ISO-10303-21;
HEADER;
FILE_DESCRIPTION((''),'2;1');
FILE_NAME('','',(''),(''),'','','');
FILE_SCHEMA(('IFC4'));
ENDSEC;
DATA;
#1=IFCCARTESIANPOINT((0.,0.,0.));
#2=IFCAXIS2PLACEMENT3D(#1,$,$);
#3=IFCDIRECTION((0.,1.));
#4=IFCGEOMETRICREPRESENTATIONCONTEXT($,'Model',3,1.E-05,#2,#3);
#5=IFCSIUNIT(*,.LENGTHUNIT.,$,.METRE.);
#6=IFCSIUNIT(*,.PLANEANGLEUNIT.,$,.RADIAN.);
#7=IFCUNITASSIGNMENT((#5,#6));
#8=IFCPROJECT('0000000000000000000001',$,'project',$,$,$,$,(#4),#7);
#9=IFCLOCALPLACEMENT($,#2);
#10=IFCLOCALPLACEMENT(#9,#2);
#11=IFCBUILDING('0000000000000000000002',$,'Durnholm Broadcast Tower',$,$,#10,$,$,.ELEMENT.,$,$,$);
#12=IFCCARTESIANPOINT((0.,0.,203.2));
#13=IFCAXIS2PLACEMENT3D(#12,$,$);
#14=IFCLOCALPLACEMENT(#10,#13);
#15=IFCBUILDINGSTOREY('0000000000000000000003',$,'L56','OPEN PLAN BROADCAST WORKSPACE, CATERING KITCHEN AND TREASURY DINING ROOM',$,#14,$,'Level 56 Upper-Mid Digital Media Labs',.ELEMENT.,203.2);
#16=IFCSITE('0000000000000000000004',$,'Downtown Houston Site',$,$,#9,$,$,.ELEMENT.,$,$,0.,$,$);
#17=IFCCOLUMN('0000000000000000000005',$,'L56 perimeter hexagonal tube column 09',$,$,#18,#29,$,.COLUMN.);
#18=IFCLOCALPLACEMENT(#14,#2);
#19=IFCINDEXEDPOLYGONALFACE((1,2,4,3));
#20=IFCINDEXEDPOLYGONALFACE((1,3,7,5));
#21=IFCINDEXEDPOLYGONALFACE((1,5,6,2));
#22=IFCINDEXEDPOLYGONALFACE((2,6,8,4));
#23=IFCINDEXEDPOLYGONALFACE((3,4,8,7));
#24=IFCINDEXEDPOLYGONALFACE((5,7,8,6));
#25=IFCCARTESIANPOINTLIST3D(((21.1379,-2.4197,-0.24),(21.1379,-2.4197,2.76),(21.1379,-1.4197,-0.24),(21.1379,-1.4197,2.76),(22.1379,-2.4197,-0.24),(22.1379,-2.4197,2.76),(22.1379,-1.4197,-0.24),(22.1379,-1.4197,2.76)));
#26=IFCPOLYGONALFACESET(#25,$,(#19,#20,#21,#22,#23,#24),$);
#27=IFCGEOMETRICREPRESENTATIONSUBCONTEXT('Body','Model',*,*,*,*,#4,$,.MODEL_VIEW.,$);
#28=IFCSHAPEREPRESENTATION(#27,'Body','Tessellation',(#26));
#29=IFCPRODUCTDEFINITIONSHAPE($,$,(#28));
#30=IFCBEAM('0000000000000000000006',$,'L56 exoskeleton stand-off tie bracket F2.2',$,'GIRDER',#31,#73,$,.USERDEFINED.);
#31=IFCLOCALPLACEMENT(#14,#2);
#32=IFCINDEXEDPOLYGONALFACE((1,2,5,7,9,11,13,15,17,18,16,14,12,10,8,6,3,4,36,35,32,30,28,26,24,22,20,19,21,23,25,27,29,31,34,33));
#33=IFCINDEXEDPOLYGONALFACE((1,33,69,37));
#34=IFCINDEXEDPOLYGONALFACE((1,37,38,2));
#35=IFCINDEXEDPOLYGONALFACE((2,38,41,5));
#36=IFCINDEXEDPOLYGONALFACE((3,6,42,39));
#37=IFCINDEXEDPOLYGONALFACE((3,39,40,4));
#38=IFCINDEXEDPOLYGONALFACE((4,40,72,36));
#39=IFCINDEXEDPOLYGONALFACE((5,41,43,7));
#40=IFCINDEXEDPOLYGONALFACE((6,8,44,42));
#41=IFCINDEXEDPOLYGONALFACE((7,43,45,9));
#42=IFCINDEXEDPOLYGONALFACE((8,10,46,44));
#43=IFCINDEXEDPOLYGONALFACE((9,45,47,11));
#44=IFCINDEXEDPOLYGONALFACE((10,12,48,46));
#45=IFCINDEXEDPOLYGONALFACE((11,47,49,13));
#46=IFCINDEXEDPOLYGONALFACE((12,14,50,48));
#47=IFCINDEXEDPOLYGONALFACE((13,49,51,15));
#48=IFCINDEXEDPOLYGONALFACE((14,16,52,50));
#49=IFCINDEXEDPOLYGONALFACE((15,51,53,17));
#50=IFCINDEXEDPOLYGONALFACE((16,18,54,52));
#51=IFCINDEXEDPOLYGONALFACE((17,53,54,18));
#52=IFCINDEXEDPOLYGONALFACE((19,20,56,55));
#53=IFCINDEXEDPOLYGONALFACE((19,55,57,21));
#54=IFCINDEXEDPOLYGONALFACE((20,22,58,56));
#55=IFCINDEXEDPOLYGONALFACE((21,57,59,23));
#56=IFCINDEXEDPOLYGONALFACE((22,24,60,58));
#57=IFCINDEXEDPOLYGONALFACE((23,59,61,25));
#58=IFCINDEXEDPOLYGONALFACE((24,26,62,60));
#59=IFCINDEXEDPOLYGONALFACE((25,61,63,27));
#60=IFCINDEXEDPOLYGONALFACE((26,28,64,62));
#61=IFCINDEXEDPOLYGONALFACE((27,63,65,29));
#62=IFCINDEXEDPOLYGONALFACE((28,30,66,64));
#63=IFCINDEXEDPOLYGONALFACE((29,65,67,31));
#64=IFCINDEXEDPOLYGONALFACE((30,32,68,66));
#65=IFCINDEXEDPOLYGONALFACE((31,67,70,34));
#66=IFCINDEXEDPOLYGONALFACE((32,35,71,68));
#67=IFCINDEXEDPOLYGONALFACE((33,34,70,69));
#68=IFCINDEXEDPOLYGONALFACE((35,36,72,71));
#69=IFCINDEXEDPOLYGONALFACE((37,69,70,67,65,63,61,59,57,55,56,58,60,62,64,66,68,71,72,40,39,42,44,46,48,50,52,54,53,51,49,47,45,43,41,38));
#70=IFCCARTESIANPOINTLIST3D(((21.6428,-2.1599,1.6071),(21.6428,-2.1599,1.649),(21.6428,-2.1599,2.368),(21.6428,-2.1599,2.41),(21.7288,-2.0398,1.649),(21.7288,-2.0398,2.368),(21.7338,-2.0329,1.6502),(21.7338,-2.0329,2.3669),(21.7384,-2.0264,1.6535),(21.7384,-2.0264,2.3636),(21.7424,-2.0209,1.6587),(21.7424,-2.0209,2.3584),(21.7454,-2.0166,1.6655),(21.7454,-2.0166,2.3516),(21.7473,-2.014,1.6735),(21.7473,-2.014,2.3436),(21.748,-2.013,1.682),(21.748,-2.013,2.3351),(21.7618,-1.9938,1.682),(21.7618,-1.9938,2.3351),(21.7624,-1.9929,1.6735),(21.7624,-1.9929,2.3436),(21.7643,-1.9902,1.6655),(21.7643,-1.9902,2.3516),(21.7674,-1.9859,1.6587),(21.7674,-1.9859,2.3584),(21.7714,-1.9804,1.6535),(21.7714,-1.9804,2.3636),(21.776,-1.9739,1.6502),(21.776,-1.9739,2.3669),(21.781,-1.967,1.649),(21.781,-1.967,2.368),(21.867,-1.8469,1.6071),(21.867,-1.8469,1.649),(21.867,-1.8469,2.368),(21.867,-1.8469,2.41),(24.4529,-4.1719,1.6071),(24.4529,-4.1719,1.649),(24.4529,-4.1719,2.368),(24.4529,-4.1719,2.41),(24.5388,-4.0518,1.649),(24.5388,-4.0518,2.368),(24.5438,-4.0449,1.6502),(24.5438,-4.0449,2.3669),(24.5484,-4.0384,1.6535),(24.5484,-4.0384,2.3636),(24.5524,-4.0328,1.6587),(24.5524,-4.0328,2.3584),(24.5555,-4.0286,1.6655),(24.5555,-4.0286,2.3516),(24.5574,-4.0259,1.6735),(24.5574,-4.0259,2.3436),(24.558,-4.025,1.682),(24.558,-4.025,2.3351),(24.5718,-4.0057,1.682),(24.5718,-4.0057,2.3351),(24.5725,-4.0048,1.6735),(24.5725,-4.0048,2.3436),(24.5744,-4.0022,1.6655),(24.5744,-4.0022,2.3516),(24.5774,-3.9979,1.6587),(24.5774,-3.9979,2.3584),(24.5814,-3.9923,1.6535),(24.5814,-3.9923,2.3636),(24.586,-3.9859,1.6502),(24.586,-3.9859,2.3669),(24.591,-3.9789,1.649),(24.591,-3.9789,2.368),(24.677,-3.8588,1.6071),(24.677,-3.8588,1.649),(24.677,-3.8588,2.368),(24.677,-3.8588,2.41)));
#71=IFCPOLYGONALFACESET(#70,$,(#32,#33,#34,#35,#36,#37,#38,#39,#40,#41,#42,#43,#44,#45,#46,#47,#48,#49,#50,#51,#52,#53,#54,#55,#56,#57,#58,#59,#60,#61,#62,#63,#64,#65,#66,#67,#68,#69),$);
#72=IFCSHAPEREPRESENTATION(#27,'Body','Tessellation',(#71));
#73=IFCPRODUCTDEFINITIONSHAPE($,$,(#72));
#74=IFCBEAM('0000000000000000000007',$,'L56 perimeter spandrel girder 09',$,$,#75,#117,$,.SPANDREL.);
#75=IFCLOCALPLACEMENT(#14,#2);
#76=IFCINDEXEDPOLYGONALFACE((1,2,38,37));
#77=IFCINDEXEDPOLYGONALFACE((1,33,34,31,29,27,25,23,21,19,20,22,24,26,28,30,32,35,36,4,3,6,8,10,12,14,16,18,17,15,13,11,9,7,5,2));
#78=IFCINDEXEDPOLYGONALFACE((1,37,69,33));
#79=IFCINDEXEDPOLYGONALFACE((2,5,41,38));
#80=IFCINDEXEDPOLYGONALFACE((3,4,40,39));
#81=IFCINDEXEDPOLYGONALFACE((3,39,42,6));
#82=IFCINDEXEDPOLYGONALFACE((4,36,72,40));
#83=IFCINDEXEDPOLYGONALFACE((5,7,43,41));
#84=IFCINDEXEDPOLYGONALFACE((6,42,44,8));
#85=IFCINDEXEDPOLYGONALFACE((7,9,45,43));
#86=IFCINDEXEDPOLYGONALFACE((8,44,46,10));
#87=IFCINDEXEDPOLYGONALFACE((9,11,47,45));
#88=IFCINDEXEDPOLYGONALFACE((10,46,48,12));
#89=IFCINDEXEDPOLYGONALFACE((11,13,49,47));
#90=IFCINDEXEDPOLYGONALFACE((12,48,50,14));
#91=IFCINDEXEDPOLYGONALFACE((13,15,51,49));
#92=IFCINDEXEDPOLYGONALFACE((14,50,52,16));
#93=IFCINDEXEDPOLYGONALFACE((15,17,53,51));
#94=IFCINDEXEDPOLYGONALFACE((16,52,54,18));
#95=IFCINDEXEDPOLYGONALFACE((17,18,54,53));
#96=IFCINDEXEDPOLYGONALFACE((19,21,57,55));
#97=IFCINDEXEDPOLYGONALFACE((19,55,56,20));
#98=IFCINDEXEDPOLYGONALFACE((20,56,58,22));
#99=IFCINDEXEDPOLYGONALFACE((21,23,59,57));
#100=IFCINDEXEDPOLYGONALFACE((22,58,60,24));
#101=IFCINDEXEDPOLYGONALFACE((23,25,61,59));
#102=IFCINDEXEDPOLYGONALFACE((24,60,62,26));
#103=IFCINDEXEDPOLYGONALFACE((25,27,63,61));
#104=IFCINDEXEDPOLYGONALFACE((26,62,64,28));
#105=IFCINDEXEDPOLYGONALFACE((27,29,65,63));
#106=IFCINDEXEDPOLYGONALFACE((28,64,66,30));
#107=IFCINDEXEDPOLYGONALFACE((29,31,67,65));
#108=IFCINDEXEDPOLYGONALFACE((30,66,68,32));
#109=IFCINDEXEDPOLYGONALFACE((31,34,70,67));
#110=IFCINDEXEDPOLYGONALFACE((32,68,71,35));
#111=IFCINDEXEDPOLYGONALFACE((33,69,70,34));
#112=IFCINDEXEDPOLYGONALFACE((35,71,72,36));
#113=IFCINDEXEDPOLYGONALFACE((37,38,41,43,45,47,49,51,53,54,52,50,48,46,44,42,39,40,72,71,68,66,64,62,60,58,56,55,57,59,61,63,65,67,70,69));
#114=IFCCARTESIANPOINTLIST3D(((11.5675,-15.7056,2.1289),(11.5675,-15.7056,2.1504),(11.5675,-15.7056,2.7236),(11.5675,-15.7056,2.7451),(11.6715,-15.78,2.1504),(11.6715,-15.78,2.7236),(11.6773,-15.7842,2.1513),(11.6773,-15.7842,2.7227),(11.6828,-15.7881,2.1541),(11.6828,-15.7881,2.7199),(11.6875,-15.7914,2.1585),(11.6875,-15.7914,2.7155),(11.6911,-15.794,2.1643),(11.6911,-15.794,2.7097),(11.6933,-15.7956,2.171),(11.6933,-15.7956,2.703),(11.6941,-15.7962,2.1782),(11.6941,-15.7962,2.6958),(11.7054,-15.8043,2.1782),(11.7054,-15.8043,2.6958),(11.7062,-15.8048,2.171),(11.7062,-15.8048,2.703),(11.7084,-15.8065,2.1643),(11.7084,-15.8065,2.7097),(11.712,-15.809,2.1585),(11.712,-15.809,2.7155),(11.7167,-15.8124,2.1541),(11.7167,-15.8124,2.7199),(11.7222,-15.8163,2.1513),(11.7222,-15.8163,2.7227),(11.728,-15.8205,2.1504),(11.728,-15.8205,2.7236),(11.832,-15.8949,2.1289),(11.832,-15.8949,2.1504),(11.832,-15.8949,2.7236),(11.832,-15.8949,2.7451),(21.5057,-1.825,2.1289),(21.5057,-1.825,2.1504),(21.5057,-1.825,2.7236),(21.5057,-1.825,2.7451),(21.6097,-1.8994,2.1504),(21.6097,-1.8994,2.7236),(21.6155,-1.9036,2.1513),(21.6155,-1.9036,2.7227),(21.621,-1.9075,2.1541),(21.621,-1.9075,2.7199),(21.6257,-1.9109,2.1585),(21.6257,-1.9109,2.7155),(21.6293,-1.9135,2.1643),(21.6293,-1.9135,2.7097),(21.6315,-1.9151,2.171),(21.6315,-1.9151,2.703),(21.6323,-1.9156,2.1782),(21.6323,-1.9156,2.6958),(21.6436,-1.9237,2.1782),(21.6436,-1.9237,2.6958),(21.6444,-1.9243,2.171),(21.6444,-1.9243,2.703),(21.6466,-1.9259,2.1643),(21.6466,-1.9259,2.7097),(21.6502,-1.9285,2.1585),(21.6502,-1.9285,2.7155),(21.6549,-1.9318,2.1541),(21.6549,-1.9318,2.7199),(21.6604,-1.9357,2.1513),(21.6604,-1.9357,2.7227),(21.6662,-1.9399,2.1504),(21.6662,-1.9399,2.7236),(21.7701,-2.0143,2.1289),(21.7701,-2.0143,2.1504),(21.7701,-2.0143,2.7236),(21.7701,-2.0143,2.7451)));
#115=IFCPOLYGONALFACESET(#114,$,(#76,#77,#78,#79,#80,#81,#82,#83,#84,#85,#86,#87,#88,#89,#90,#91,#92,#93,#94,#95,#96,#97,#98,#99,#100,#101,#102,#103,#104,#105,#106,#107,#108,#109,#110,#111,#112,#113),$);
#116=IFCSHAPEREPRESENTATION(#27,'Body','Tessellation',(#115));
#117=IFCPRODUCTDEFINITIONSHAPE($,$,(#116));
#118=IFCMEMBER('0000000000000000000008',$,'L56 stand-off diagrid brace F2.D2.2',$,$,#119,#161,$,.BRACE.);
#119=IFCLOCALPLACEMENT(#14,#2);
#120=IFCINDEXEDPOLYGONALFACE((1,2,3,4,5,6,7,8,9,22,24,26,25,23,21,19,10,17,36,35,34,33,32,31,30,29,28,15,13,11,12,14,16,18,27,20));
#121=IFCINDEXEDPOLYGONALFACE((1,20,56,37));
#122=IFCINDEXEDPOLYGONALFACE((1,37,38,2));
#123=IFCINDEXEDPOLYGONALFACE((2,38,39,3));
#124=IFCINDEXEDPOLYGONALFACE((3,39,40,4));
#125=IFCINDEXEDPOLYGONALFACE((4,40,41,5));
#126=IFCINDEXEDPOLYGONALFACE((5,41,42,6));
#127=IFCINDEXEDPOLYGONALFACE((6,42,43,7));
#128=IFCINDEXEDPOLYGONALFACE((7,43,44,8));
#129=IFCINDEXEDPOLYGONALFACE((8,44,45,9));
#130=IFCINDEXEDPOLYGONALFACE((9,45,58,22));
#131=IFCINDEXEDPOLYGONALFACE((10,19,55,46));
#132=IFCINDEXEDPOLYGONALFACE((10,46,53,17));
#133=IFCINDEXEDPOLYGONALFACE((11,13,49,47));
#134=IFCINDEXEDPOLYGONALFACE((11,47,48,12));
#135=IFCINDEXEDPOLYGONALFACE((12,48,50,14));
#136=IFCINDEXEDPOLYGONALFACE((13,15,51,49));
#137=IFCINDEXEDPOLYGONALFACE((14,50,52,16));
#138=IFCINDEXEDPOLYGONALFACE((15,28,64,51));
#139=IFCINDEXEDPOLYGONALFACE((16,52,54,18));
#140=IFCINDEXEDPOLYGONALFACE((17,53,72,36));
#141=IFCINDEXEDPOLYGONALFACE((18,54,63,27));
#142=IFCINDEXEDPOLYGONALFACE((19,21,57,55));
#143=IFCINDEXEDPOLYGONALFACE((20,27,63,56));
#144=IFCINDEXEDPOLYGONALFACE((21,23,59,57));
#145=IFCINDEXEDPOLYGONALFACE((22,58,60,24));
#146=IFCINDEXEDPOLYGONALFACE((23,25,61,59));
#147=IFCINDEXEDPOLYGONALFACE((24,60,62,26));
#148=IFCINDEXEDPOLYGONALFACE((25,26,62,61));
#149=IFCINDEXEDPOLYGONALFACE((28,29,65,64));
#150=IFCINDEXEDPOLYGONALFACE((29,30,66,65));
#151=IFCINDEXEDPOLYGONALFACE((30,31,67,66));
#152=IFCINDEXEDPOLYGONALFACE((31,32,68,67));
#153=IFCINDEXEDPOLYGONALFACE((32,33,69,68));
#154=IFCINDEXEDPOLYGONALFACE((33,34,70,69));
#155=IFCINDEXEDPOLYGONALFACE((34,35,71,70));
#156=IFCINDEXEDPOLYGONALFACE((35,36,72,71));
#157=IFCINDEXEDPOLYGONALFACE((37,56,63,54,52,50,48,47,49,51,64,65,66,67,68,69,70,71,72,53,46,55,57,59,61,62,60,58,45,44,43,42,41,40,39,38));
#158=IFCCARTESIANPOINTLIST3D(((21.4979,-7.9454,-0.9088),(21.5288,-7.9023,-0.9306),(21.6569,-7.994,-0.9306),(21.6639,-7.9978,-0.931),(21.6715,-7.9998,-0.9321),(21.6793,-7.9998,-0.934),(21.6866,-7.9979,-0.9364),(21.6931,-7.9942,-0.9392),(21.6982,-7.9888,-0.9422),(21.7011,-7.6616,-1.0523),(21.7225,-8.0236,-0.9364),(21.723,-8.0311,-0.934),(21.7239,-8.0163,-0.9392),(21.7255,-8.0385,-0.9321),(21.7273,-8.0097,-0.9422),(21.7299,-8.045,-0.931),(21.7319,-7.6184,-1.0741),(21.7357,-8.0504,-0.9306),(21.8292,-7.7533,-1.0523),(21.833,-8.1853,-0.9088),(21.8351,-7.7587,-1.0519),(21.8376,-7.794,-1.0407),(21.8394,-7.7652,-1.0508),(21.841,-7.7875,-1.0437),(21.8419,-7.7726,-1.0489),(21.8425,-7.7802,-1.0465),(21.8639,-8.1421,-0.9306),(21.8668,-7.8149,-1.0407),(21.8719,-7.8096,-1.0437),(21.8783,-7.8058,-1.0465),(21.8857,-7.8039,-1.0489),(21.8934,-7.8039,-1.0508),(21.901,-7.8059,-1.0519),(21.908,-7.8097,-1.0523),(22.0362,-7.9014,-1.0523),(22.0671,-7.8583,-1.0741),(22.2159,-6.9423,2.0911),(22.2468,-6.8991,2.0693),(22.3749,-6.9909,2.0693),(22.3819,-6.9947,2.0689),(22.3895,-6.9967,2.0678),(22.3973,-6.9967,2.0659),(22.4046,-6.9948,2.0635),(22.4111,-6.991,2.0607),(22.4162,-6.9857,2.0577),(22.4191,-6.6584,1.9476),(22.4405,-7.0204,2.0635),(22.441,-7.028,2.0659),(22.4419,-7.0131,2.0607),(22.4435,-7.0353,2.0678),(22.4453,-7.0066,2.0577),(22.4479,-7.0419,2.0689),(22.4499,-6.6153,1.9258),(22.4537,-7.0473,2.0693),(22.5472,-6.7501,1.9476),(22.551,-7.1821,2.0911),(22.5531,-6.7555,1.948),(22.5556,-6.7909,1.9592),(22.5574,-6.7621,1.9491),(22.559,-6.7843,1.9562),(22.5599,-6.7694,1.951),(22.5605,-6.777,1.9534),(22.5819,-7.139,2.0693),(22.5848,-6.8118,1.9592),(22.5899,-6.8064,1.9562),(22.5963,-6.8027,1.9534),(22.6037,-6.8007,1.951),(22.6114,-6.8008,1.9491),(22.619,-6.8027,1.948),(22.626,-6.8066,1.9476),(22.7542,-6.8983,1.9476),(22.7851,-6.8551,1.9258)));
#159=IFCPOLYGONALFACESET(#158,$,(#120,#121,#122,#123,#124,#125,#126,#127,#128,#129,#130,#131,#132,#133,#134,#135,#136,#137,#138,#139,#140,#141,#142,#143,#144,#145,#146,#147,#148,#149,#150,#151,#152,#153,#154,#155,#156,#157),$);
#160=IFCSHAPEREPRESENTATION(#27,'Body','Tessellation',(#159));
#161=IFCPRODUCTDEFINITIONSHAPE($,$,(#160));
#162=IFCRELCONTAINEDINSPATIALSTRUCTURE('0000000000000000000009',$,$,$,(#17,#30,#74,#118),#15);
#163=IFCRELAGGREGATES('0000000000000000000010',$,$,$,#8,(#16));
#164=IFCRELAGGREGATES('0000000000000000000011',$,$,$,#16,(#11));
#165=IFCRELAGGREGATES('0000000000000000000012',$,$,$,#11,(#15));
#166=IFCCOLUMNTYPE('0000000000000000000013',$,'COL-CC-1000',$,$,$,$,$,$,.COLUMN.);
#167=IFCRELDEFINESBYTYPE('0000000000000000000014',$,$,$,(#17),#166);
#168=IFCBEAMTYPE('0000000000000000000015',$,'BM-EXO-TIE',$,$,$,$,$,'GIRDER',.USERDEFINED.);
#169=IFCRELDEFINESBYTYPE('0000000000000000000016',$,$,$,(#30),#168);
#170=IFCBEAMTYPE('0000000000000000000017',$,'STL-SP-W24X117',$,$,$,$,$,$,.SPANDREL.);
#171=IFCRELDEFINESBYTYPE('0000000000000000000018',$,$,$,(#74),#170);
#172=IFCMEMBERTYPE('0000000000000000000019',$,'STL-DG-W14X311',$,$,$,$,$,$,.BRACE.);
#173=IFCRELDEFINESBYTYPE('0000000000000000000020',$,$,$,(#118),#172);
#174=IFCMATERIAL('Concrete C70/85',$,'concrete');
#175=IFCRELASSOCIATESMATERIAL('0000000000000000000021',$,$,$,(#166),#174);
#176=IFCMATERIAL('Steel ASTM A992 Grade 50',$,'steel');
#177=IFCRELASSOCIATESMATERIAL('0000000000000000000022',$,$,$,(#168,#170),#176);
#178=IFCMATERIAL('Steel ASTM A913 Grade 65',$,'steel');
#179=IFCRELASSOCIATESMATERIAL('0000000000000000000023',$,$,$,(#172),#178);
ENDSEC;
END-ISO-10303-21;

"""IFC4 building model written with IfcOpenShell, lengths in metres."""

from ifc_helpers import new_model, si_unit, direction, frame, origin, origin_2d, place, context, subcontext, project, spatial, rectangle, i_section, extrude, source, transform, mapped, material, material_profile, profile_set, type_object, type_shapes, element, save


model = new_model("IFC4")

# Units and contexts
model_context = context("Model", 3, precision=1e-05, world=origin(), true_north=direction((0.0, 1.0)))
body_context = subcontext(model_context, "Body", "Model", "MODEL_VIEW")
ifc_project = project(units=[si_unit("LENGTHUNIT", "METRE"), si_unit("PLANEANGLEUNIT", "RADIAN")], contexts=[model_context])

# Site, building, storey
site_placement = place(None, origin())
site = spatial("IfcSite", under=ifc_project, at=site_placement, Name="Downtown Houston Site", CompositionType="ELEMENT", RefElevation=0.0)
building_placement = place(site_placement, origin())
building = spatial("IfcBuilding", under=site, at=building_placement, Name="Durnholm Broadcast Tower", CompositionType="ELEMENT")
storey_placement = place(building_placement, frame((0.0, 0.0, 203.2)))
storey = spatial("IfcBuildingStorey", under=building, at=storey_placement, Name="L56", Description="OPEN PLAN BROADCAST WORKSPACE, CATERING KITCHEN AND TREASURY DINING ROOM", LongName="Level 56 Upper-Mid Digital Media Labs", CompositionType="ELEMENT", Elevation=203.2)

# Column
ifc_material_1 = material(Name="Concrete C70/85", Category="concrete")
ifc_material_profile_1 = material_profile(ifc_material_1, rectangle(XDim=1.0, YDim=1.0, at=origin_2d()), Name="RC1000X1000")
ifc_profile_set_1 = profile_set([ifc_material_profile_1], Name="Concrete C70/85")
column_type = type_object("IfcColumnType", Name="COL-CC-1000", PredefinedType="COLUMN", material=ifc_profile_set_1)
shared_shape_1 = source(origin(), body_context, "Body", "SweptSolid", [
    extrude(rectangle(XDim=1.0, YDim=1.0, at=origin_2d()), origin(), (0.0, 0.0, 1.0), 3.0),
])
type_shapes(column_type, [shared_shape_1])
column_placement = place(storey_placement, frame((21.6379, -1.9197, -0.24), z_axis=(0.0, 0.0, 1.0), x_axis=(1.0, 0.0, 0.0)))
element("IfcColumn", 1, at=column_placement, inside=storey, type_object=column_type, Name="L56 perimeter hexagonal tube column 09", PredefinedType="COLUMN", context=body_context, shape_type="MappedRepresentation", body=[
    mapped(shared_shape_1, transform((0.0, 0.0, 0.0), x_axis=(1.0, 0.0, 0.0), y_axis=(0.0, 1.0, 0.0), z_axis=(0.0, 0.0, 1.0), scale=1.0)),
])

# Beams
ifc_material_2 = material(Name="Steel ASTM A992 Grade 50", Category="steel")
ifc_material_profile_2 = material_profile(ifc_material_2, i_section(OverallWidth=0.385, OverallDepth=0.803, WebThickness=0.0237, FlangeThickness=0.042, FilletRadius=0.033, at=origin_2d()), Name="W30X261")
ifc_profile_set_2 = profile_set([ifc_material_profile_2], Name="Steel ASTM A992 Grade 50")
beam_type_1 = type_object("IfcBeamType", Name="BM-EXO-TIE", ElementType="GIRDER", PredefinedType="USERDEFINED", material=ifc_profile_set_2)
shared_shape_2 = source(origin(), body_context, "Body", "SweptSolid", [
    extrude(i_section(OverallWidth=0.385, OverallDepth=0.803, WebThickness=0.0237, FlangeThickness=0.042, FilletRadius=0.033, at=origin_2d()), origin(), (0.0, 0.0, 1.0), 3.4561),
])
type_shapes(beam_type_1, [shared_shape_2])
beam_1_placement = place(storey_placement, frame((21.7549, -2.0034, 2.0085), z_axis=(0.813079, -0.582153, 0.0), x_axis=(0.582153, 0.813079, 0.0)))
element("IfcBeam", 2, at=beam_1_placement, inside=storey, type_object=beam_type_1, Name="L56 exoskeleton stand-off tie bracket F2.2", ObjectType="GIRDER", PredefinedType="USERDEFINED", context=body_context, shape_type="MappedRepresentation", body=[
    mapped(shared_shape_2, transform((0.0, 0.0, 0.0), x_axis=(1.0, 0.0, 0.0), y_axis=(0.0, 1.0, 0.0), z_axis=(0.0, 0.0, 1.0), scale=1.0)),
])
ifc_material_profile_3 = material_profile(ifc_material_2, i_section(OverallWidth=0.3252, OverallDepth=0.6162, WebThickness=0.0139, FlangeThickness=0.0215, FilletRadius=0.0278, at=origin_2d()), Name="W24X117")
ifc_profile_set_3 = profile_set([ifc_material_profile_3], Name="Steel ASTM A992 Grade 50")
beam_type_2 = type_object("IfcBeamType", Name="STL-SP-W24X117", PredefinedType="SPANDREL", material=ifc_profile_set_3)
shared_shape_3 = source(origin(), body_context, "Body", "SweptSolid", [
    extrude(i_section(OverallWidth=0.3252, OverallDepth=0.6162, WebThickness=0.0139, FlangeThickness=0.0215, FilletRadius=0.0278, at=origin_2d()), origin(), (0.0, 0.0, 1.0), 17.0715),
])
type_shapes(beam_type_2, [shared_shape_3])
beam_2_placement = place(storey_placement, frame((21.6379, -1.9197, 2.437), z_axis=(-0.58215, -0.813082, 0.0), x_axis=(0.813082, -0.58215, 0.0)))
element("IfcBeam", 3, at=beam_2_placement, inside=storey, type_object=beam_type_2, Name="L56 perimeter spandrel girder 09", PredefinedType="SPANDREL", context=body_context, shape_type="MappedRepresentation", body=[
    mapped(shared_shape_3, transform((0.0, 0.0, 0.0), x_axis=(1.0, 0.0, 0.0), y_axis=(0.0, 1.0, 0.0), z_axis=(0.0, 0.0, 1.0), scale=1.0)),
])

# Member
ifc_material_3 = material(Name="Steel ASTM A913 Grade 65", Category="steel")
ifc_material_profile_4 = material_profile(ifc_material_3, i_section(OverallWidth=0.4121, OverallDepth=0.4348, WebThickness=0.0359, FlangeThickness=0.0574, FilletRadius=0.0305, at=origin_2d()), Name="W14X311")
ifc_profile_set_4 = profile_set([ifc_material_profile_4], Name="Steel ASTM A913 Grade 65")
member_type_1 = type_object("IfcMemberType", Name="STL-DG-W14X311", PredefinedType="BRACE", material=ifc_profile_set_4)
shared_shape_4 = source(origin(), body_context, "Body", "SweptSolid", [
    extrude(i_section(OverallWidth=0.4121, OverallDepth=0.4348, WebThickness=0.0359, FlangeThickness=0.0574, FilletRadius=0.0305, at=origin_2d()), origin(), (0.0, 0.0, 1.0), 3.2437),
])
member_1_placement = place(storey_placement, frame((21.7825, -7.9019, -0.9915), z_axis=(0.221354, 0.309264, 0.924856), x_axis=(-0.813171, 0.582024, 0.0)))
element("IfcMember", 4, at=member_1_placement, inside=storey, type_object=member_type_1, Name="L56 stand-off diagrid brace F2.D2.2", PredefinedType="BRACE", context=body_context, shape_type="MappedRepresentation", body=[
    mapped(shared_shape_4, transform((0.0, 0.0, 0.0), x_axis=(1.0, 0.0, 0.0), y_axis=(0.0, 1.0, 0.0), z_axis=(0.0, 0.0, 1.0), scale=1.0)),
])

save(model, "model.ifc")
